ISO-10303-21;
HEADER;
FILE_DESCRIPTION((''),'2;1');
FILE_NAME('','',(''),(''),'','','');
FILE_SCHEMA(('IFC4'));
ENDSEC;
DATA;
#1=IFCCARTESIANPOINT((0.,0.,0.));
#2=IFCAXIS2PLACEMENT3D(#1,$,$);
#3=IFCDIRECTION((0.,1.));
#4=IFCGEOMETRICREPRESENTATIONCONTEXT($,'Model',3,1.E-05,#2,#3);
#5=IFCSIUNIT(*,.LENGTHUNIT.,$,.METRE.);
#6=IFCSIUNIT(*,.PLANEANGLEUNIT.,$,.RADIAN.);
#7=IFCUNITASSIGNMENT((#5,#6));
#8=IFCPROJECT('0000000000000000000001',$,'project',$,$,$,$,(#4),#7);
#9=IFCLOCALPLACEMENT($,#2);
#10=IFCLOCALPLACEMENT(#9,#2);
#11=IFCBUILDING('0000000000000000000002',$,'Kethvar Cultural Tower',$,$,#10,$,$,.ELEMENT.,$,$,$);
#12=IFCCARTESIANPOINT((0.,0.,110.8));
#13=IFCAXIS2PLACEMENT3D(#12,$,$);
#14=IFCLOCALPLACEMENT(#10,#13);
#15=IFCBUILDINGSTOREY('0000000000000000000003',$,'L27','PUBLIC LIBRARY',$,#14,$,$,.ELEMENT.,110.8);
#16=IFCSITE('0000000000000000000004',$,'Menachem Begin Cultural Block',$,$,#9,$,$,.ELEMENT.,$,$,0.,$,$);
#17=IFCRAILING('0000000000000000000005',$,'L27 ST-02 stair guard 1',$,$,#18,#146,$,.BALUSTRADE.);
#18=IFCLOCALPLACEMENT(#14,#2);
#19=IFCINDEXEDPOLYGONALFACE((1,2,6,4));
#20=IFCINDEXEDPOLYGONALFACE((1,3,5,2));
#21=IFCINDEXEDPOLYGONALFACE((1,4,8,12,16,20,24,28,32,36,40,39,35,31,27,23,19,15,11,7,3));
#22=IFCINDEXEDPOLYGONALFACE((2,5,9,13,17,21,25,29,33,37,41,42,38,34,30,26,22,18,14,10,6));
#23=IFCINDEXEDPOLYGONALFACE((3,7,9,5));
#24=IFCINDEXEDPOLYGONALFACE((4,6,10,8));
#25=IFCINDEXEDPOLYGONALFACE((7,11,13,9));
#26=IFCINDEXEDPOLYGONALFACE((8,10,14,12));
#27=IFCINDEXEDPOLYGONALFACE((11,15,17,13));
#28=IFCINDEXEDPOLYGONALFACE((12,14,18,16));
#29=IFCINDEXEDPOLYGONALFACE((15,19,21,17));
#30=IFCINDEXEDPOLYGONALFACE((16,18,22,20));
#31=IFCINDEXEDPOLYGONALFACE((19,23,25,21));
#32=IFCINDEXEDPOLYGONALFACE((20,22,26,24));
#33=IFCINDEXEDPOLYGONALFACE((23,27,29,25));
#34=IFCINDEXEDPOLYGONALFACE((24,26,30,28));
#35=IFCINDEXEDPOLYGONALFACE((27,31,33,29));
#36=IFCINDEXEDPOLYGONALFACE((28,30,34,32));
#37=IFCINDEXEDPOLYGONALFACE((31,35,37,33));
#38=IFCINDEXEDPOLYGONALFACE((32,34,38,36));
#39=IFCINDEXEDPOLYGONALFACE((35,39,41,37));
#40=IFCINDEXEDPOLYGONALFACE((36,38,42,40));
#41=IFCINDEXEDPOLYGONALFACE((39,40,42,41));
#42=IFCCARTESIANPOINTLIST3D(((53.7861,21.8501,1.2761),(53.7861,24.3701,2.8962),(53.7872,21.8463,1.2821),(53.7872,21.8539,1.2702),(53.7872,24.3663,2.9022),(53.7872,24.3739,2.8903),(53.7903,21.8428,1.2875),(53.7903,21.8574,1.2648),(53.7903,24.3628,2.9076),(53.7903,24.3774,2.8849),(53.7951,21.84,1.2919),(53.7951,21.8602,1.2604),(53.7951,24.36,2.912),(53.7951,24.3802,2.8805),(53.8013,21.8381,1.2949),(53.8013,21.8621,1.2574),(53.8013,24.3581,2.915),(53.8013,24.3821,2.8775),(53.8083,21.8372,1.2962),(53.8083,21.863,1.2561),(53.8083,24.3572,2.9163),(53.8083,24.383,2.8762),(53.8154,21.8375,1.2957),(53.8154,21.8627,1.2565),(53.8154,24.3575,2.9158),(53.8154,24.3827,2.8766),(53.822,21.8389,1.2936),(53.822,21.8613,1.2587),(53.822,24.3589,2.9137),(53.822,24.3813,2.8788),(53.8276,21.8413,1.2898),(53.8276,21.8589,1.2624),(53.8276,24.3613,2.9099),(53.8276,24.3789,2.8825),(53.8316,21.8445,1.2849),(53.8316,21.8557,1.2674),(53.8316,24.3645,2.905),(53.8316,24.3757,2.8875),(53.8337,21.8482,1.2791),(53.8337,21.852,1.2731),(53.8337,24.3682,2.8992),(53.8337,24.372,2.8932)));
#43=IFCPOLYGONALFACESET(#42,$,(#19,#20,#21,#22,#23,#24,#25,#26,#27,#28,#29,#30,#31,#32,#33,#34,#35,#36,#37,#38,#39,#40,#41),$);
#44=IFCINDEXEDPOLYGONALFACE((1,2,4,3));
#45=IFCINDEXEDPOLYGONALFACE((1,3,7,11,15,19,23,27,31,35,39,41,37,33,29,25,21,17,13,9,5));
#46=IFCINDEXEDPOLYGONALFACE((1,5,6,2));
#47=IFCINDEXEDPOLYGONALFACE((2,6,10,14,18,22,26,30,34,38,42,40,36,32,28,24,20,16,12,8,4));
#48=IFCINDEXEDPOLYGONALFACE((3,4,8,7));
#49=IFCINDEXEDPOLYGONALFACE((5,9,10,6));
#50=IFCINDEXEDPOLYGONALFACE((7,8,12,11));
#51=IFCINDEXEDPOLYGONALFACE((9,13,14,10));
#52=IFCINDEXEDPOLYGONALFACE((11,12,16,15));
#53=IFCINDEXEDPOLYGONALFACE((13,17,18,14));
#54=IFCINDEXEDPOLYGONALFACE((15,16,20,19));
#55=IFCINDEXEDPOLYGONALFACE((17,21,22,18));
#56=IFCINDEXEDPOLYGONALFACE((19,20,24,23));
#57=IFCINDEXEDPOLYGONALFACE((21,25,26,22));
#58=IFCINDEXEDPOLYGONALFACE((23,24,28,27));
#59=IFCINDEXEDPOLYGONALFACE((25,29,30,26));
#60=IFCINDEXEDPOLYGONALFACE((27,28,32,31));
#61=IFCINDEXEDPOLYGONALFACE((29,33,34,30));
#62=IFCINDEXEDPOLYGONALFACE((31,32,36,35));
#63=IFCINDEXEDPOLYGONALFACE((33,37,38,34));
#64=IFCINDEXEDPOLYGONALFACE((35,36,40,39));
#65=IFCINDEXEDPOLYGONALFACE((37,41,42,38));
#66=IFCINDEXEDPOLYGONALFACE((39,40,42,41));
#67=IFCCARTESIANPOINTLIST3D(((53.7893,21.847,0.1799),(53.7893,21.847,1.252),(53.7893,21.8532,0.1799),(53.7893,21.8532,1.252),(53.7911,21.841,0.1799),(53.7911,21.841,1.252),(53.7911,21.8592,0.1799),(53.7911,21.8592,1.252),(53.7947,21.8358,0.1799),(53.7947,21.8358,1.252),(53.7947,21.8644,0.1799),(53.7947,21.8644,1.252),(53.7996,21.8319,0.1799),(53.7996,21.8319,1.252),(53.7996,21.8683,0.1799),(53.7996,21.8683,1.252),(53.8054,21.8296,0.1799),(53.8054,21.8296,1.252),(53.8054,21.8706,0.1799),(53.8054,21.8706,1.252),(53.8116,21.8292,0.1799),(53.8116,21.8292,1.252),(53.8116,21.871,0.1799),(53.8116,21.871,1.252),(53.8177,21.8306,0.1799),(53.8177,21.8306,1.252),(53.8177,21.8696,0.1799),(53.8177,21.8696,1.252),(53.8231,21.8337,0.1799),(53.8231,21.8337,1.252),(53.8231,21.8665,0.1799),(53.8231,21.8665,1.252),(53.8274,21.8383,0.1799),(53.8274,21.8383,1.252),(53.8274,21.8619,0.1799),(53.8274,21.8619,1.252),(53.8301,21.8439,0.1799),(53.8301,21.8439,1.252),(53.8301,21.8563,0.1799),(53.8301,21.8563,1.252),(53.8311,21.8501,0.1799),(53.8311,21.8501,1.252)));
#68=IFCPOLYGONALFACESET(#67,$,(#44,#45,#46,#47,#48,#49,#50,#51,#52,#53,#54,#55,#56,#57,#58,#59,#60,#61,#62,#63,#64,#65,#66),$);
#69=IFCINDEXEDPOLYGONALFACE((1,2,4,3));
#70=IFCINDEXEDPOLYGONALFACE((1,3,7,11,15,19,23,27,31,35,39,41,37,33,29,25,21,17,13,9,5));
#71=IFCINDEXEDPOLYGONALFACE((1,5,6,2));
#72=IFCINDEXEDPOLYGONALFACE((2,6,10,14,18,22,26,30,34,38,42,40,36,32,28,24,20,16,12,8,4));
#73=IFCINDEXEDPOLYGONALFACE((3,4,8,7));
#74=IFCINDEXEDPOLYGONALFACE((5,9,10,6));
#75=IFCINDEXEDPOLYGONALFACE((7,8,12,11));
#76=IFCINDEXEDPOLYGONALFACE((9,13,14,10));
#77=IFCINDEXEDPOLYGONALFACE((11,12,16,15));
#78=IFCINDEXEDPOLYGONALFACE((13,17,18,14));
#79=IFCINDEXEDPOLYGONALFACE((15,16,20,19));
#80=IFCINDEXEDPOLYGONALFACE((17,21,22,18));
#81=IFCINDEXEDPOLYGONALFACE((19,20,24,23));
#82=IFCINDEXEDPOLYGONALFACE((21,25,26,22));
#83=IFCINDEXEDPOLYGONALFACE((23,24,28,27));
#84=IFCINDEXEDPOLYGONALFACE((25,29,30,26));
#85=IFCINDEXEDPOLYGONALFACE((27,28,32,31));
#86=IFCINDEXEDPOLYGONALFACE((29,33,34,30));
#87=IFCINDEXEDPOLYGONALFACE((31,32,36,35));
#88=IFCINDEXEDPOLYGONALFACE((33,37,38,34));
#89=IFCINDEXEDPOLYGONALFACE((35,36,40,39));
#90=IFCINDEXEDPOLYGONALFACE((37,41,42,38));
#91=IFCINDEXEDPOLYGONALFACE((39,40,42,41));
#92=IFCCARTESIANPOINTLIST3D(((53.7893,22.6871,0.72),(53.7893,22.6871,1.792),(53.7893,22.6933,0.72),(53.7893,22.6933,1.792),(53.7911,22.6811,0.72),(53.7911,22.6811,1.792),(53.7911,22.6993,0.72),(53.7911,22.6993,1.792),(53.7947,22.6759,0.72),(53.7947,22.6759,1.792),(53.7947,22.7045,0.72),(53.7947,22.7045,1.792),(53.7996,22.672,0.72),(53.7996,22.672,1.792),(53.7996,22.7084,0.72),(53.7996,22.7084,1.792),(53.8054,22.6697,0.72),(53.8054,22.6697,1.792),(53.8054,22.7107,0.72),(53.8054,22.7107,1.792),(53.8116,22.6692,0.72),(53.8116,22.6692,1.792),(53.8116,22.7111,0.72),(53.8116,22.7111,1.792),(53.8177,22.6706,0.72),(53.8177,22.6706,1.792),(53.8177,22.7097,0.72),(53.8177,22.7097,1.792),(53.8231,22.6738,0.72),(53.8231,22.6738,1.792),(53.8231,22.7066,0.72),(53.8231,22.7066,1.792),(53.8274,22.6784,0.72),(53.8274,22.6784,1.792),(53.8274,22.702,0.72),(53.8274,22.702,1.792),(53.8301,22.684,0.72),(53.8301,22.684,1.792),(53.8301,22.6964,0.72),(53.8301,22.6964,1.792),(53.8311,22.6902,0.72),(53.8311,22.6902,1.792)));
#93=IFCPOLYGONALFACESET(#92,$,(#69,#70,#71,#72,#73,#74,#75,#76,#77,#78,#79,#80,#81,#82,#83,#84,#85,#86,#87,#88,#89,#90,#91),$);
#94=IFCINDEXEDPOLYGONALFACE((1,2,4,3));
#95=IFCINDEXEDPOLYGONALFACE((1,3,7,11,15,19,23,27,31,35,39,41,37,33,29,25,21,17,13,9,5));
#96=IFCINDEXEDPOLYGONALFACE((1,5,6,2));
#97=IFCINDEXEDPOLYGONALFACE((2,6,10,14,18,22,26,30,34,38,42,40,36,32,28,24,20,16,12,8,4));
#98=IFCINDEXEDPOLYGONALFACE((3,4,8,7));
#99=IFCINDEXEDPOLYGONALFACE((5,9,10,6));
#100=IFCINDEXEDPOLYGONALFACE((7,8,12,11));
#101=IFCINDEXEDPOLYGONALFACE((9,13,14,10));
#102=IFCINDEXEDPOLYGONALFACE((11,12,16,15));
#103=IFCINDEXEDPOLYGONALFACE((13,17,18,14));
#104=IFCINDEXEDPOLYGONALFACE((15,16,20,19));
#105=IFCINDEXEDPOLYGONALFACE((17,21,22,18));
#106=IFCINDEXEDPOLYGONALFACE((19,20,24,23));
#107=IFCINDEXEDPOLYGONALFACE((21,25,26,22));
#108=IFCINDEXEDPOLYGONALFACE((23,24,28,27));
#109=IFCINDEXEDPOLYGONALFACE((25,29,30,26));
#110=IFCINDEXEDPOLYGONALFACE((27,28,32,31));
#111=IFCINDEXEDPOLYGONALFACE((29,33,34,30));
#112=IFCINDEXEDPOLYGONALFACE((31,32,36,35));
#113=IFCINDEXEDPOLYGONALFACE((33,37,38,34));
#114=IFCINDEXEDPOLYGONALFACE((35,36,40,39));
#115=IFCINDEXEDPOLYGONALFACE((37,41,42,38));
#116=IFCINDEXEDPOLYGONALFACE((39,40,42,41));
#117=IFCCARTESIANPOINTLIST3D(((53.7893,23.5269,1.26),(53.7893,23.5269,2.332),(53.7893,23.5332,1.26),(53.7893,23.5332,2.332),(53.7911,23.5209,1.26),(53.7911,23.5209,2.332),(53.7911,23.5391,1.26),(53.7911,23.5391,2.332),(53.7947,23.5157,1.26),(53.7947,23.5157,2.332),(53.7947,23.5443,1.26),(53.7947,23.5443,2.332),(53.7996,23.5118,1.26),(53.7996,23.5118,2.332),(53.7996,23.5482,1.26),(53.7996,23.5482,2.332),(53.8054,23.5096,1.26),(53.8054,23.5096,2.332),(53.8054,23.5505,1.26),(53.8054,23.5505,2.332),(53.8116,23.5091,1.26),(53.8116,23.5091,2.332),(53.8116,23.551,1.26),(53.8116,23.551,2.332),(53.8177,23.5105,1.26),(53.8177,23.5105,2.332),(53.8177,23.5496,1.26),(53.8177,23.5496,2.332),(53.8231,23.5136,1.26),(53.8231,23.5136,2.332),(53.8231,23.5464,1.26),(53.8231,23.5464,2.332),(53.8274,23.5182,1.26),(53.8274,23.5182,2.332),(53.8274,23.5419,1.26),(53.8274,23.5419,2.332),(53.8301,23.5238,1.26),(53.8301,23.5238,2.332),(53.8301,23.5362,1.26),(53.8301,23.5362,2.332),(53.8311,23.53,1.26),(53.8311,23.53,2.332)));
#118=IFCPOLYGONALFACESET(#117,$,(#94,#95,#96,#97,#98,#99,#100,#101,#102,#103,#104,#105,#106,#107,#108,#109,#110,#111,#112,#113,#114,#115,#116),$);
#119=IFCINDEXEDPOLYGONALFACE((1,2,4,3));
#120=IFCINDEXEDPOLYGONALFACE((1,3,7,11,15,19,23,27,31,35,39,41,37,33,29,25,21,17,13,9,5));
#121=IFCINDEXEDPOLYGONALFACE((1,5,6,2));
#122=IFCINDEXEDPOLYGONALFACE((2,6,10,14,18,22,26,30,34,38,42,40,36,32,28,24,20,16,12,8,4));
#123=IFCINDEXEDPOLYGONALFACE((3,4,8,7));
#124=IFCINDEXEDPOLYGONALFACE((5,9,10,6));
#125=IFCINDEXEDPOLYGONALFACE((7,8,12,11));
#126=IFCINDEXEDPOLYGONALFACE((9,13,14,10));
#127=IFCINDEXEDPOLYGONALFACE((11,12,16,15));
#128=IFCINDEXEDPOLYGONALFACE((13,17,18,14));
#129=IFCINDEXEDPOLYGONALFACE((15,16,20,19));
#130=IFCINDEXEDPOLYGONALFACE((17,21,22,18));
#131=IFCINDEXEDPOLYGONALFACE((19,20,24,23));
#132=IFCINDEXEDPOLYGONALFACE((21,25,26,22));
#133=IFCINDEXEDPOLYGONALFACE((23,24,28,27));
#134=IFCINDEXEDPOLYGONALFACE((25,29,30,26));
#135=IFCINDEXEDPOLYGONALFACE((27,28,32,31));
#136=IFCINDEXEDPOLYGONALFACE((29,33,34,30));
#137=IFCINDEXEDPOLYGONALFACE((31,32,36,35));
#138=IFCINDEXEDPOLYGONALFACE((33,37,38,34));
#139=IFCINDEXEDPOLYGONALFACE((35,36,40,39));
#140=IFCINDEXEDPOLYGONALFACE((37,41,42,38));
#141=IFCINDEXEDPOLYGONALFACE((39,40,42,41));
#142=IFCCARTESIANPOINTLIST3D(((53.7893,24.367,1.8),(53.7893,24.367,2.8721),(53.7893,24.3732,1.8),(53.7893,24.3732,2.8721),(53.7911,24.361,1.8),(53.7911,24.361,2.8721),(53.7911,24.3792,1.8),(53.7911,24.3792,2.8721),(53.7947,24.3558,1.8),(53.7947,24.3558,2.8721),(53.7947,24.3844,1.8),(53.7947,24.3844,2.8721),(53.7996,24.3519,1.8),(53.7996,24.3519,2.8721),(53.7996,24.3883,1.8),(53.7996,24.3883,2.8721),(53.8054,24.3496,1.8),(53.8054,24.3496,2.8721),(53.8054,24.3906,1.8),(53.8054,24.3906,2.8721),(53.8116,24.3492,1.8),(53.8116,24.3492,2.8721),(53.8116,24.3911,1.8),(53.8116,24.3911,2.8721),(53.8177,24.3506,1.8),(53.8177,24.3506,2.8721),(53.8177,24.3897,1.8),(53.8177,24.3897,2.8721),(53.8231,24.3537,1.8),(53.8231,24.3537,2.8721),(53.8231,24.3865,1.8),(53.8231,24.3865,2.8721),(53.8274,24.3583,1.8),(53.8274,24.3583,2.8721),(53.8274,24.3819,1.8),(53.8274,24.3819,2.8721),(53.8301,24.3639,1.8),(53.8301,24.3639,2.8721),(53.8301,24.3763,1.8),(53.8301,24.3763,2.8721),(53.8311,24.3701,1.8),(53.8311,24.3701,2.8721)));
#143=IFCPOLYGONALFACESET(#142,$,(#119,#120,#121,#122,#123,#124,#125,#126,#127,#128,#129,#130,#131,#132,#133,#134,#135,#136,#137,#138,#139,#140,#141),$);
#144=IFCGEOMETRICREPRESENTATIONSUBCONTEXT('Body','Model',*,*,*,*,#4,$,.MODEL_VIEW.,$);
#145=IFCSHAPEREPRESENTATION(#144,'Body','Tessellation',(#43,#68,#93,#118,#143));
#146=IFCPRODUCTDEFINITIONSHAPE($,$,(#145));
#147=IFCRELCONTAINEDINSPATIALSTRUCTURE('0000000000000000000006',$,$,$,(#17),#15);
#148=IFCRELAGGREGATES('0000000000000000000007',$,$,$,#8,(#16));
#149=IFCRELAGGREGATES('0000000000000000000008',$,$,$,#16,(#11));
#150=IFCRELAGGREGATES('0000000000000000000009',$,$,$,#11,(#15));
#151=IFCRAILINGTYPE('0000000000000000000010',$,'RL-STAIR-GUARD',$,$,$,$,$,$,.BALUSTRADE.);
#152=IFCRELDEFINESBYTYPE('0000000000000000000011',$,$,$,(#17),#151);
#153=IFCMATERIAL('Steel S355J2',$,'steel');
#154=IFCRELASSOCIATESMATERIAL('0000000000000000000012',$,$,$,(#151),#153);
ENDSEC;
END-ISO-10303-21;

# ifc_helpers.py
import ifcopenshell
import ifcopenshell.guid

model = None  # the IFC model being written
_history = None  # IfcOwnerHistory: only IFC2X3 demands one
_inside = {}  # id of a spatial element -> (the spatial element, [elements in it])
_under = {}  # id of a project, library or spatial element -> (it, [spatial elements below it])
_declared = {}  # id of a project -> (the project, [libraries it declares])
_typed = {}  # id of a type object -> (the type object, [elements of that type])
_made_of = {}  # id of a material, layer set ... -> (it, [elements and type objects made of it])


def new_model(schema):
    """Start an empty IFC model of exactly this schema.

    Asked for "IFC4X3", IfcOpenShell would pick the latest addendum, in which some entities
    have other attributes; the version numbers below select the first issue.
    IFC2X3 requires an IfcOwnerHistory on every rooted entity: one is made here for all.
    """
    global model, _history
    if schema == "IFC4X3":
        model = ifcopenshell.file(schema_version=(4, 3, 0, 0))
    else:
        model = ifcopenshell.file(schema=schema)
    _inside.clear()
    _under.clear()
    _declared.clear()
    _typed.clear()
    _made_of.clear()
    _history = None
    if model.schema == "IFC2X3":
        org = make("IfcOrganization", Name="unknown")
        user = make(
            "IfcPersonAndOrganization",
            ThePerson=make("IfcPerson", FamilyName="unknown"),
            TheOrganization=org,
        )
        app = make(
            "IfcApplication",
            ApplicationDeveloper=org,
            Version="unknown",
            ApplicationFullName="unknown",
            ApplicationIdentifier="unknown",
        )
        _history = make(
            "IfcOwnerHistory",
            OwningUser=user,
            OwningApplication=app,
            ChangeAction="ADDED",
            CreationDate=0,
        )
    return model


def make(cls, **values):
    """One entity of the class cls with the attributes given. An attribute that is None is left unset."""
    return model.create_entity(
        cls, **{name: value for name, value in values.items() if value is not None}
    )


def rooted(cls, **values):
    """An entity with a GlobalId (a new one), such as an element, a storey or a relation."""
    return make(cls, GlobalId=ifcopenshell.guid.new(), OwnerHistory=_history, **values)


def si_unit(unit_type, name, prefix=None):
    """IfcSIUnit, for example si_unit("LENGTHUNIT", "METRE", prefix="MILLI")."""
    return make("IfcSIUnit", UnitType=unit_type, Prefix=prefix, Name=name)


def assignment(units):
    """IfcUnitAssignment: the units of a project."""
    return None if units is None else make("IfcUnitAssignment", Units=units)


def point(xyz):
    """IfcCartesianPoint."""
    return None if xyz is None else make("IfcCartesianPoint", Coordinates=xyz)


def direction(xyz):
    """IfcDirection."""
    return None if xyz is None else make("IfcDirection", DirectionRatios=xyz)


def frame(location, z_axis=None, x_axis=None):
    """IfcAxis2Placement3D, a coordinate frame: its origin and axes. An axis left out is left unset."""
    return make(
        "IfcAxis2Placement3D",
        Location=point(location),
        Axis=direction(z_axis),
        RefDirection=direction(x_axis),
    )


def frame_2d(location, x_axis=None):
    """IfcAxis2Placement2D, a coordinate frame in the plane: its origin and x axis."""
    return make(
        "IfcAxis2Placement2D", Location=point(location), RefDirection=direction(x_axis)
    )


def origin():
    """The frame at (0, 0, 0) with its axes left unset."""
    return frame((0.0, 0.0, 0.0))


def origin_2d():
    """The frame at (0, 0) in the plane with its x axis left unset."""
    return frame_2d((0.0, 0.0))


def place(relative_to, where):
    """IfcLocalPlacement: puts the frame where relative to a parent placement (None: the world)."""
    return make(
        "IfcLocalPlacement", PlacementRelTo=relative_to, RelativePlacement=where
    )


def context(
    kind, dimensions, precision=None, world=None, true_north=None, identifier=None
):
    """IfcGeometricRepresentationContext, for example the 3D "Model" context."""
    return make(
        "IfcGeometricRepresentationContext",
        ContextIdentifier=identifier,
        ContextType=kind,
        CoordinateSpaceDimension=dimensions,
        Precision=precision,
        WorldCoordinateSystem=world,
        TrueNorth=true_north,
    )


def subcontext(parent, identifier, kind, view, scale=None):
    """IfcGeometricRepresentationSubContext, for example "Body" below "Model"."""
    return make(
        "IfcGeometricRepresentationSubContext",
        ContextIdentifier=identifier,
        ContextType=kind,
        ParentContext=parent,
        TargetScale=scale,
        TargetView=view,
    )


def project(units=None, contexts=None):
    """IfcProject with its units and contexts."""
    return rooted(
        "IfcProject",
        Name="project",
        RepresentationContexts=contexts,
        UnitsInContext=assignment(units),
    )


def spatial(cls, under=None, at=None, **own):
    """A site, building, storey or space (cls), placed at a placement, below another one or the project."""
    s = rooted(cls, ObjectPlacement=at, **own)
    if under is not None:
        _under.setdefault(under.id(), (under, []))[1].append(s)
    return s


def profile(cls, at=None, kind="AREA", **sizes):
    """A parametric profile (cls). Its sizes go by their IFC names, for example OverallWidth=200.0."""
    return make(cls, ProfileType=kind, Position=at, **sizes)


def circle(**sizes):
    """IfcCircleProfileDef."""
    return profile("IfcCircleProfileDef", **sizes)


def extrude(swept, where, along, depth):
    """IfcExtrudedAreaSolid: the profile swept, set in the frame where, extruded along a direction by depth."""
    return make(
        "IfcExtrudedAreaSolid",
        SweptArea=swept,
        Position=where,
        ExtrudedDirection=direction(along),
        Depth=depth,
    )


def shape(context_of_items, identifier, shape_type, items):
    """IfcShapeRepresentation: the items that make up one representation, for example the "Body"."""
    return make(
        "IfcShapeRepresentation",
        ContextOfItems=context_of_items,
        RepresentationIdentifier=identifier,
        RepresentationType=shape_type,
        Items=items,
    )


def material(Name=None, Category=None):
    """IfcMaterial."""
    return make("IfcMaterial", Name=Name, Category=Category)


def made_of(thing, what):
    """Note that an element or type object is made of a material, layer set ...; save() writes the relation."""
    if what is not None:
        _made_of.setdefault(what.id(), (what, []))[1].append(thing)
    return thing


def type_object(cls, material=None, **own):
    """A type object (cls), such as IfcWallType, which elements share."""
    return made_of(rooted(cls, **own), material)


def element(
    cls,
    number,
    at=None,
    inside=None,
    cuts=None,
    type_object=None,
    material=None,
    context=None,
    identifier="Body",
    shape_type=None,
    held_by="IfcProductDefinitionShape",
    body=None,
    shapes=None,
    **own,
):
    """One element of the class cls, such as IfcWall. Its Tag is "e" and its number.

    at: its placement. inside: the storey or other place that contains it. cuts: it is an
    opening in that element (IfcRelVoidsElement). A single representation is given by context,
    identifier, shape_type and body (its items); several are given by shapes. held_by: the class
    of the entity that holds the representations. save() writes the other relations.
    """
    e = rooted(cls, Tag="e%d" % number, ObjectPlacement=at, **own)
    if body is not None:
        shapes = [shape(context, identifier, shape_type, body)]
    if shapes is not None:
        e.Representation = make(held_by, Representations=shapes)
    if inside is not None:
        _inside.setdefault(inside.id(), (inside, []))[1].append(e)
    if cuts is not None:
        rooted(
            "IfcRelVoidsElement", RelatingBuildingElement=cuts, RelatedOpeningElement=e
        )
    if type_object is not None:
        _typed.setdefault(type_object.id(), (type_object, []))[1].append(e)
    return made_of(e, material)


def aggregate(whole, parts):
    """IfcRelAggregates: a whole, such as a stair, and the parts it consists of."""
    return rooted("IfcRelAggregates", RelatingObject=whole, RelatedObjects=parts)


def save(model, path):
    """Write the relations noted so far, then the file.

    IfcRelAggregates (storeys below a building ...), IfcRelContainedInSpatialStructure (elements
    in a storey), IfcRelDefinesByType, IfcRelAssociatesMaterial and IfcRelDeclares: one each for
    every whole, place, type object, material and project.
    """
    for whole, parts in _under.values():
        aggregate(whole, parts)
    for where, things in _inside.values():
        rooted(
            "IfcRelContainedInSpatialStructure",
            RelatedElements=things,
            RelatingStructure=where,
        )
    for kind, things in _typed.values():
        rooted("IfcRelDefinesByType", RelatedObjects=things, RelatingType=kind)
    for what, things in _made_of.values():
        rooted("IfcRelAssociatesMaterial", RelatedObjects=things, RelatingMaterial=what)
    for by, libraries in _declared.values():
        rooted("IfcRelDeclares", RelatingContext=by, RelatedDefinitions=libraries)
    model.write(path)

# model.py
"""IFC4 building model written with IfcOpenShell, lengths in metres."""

from ifc_helpers import new_model, si_unit, direction, frame, origin, origin_2d, place, context, subcontext, project, spatial, circle, extrude, material, type_object, element, save


model = new_model("IFC4")

# Units and contexts
model_context = context("Model", 3, precision=1e-05, world=origin(), true_north=direction((0.0, 1.0)))
body_context = subcontext(model_context, "Body", "Model", "MODEL_VIEW")
ifc_project = project(units=[si_unit("LENGTHUNIT", "METRE"), si_unit("PLANEANGLEUNIT", "RADIAN")], contexts=[model_context])

# Site, building, storey
site_placement = place(None, origin())
site = spatial("IfcSite", under=ifc_project, at=site_placement, Name="Menachem Begin Cultural Block", CompositionType="ELEMENT", RefElevation=0.0)
building_placement = place(site_placement, origin())
building = spatial("IfcBuilding", under=site, at=building_placement, Name="Kethvar Cultural Tower", CompositionType="ELEMENT")
storey_placement = place(building_placement, frame((0.0, 0.0, 110.8)))
storey = spatial("IfcBuildingStorey", under=building, at=storey_placement, Name="L27", Description="PUBLIC LIBRARY", CompositionType="ELEMENT", Elevation=110.8)

# Shared definitions
ifc_material_1 = material(Name="Steel S355J2", Category="steel")

# Railing
railing_type_1 = type_object("IfcRailingType", Name="RL-STAIR-GUARD", PredefinedType="BALUSTRADE", material=ifc_material_1)
railing_1_placement = place(storey_placement, frame((53.8101, 21.8501, 0.1799)))
element("IfcRailing", 1, at=railing_1_placement, inside=storey, type_object=railing_type_1, Name="L27 ST-02 stair guard 1", PredefinedType="BALUSTRADE", context=body_context, shape_type="SweptSolid", body=[
    extrude(circle(Radius=0.0239, at=origin_2d()), frame((0.0, 0.0, 1.0962), z_axis=(0.0, 0.841163, 0.540782), x_axis=(-1.0, 0.0, 0.0)), (0.0, 0.0, 1.0), 2.9958),
    extrude(circle(Radius=0.021, at=origin_2d()), origin(), (0.0, 0.0, 1.0), 1.072),
    extrude(circle(Radius=0.021, at=origin_2d()), frame((0.0, 0.8401, 0.54)), (0.0, 0.0, 1.0), 1.072),
    extrude(circle(Radius=0.021, at=origin_2d()), frame((0.0, 1.6799, 1.0801)), (0.0, 0.0, 1.0), 1.072),
    extrude(circle(Radius=0.021, at=origin_2d()), frame((0.0, 2.52, 1.6201)), (0.0, 0.0, 1.0), 1.072),
])

save(model, "model.ifc")
